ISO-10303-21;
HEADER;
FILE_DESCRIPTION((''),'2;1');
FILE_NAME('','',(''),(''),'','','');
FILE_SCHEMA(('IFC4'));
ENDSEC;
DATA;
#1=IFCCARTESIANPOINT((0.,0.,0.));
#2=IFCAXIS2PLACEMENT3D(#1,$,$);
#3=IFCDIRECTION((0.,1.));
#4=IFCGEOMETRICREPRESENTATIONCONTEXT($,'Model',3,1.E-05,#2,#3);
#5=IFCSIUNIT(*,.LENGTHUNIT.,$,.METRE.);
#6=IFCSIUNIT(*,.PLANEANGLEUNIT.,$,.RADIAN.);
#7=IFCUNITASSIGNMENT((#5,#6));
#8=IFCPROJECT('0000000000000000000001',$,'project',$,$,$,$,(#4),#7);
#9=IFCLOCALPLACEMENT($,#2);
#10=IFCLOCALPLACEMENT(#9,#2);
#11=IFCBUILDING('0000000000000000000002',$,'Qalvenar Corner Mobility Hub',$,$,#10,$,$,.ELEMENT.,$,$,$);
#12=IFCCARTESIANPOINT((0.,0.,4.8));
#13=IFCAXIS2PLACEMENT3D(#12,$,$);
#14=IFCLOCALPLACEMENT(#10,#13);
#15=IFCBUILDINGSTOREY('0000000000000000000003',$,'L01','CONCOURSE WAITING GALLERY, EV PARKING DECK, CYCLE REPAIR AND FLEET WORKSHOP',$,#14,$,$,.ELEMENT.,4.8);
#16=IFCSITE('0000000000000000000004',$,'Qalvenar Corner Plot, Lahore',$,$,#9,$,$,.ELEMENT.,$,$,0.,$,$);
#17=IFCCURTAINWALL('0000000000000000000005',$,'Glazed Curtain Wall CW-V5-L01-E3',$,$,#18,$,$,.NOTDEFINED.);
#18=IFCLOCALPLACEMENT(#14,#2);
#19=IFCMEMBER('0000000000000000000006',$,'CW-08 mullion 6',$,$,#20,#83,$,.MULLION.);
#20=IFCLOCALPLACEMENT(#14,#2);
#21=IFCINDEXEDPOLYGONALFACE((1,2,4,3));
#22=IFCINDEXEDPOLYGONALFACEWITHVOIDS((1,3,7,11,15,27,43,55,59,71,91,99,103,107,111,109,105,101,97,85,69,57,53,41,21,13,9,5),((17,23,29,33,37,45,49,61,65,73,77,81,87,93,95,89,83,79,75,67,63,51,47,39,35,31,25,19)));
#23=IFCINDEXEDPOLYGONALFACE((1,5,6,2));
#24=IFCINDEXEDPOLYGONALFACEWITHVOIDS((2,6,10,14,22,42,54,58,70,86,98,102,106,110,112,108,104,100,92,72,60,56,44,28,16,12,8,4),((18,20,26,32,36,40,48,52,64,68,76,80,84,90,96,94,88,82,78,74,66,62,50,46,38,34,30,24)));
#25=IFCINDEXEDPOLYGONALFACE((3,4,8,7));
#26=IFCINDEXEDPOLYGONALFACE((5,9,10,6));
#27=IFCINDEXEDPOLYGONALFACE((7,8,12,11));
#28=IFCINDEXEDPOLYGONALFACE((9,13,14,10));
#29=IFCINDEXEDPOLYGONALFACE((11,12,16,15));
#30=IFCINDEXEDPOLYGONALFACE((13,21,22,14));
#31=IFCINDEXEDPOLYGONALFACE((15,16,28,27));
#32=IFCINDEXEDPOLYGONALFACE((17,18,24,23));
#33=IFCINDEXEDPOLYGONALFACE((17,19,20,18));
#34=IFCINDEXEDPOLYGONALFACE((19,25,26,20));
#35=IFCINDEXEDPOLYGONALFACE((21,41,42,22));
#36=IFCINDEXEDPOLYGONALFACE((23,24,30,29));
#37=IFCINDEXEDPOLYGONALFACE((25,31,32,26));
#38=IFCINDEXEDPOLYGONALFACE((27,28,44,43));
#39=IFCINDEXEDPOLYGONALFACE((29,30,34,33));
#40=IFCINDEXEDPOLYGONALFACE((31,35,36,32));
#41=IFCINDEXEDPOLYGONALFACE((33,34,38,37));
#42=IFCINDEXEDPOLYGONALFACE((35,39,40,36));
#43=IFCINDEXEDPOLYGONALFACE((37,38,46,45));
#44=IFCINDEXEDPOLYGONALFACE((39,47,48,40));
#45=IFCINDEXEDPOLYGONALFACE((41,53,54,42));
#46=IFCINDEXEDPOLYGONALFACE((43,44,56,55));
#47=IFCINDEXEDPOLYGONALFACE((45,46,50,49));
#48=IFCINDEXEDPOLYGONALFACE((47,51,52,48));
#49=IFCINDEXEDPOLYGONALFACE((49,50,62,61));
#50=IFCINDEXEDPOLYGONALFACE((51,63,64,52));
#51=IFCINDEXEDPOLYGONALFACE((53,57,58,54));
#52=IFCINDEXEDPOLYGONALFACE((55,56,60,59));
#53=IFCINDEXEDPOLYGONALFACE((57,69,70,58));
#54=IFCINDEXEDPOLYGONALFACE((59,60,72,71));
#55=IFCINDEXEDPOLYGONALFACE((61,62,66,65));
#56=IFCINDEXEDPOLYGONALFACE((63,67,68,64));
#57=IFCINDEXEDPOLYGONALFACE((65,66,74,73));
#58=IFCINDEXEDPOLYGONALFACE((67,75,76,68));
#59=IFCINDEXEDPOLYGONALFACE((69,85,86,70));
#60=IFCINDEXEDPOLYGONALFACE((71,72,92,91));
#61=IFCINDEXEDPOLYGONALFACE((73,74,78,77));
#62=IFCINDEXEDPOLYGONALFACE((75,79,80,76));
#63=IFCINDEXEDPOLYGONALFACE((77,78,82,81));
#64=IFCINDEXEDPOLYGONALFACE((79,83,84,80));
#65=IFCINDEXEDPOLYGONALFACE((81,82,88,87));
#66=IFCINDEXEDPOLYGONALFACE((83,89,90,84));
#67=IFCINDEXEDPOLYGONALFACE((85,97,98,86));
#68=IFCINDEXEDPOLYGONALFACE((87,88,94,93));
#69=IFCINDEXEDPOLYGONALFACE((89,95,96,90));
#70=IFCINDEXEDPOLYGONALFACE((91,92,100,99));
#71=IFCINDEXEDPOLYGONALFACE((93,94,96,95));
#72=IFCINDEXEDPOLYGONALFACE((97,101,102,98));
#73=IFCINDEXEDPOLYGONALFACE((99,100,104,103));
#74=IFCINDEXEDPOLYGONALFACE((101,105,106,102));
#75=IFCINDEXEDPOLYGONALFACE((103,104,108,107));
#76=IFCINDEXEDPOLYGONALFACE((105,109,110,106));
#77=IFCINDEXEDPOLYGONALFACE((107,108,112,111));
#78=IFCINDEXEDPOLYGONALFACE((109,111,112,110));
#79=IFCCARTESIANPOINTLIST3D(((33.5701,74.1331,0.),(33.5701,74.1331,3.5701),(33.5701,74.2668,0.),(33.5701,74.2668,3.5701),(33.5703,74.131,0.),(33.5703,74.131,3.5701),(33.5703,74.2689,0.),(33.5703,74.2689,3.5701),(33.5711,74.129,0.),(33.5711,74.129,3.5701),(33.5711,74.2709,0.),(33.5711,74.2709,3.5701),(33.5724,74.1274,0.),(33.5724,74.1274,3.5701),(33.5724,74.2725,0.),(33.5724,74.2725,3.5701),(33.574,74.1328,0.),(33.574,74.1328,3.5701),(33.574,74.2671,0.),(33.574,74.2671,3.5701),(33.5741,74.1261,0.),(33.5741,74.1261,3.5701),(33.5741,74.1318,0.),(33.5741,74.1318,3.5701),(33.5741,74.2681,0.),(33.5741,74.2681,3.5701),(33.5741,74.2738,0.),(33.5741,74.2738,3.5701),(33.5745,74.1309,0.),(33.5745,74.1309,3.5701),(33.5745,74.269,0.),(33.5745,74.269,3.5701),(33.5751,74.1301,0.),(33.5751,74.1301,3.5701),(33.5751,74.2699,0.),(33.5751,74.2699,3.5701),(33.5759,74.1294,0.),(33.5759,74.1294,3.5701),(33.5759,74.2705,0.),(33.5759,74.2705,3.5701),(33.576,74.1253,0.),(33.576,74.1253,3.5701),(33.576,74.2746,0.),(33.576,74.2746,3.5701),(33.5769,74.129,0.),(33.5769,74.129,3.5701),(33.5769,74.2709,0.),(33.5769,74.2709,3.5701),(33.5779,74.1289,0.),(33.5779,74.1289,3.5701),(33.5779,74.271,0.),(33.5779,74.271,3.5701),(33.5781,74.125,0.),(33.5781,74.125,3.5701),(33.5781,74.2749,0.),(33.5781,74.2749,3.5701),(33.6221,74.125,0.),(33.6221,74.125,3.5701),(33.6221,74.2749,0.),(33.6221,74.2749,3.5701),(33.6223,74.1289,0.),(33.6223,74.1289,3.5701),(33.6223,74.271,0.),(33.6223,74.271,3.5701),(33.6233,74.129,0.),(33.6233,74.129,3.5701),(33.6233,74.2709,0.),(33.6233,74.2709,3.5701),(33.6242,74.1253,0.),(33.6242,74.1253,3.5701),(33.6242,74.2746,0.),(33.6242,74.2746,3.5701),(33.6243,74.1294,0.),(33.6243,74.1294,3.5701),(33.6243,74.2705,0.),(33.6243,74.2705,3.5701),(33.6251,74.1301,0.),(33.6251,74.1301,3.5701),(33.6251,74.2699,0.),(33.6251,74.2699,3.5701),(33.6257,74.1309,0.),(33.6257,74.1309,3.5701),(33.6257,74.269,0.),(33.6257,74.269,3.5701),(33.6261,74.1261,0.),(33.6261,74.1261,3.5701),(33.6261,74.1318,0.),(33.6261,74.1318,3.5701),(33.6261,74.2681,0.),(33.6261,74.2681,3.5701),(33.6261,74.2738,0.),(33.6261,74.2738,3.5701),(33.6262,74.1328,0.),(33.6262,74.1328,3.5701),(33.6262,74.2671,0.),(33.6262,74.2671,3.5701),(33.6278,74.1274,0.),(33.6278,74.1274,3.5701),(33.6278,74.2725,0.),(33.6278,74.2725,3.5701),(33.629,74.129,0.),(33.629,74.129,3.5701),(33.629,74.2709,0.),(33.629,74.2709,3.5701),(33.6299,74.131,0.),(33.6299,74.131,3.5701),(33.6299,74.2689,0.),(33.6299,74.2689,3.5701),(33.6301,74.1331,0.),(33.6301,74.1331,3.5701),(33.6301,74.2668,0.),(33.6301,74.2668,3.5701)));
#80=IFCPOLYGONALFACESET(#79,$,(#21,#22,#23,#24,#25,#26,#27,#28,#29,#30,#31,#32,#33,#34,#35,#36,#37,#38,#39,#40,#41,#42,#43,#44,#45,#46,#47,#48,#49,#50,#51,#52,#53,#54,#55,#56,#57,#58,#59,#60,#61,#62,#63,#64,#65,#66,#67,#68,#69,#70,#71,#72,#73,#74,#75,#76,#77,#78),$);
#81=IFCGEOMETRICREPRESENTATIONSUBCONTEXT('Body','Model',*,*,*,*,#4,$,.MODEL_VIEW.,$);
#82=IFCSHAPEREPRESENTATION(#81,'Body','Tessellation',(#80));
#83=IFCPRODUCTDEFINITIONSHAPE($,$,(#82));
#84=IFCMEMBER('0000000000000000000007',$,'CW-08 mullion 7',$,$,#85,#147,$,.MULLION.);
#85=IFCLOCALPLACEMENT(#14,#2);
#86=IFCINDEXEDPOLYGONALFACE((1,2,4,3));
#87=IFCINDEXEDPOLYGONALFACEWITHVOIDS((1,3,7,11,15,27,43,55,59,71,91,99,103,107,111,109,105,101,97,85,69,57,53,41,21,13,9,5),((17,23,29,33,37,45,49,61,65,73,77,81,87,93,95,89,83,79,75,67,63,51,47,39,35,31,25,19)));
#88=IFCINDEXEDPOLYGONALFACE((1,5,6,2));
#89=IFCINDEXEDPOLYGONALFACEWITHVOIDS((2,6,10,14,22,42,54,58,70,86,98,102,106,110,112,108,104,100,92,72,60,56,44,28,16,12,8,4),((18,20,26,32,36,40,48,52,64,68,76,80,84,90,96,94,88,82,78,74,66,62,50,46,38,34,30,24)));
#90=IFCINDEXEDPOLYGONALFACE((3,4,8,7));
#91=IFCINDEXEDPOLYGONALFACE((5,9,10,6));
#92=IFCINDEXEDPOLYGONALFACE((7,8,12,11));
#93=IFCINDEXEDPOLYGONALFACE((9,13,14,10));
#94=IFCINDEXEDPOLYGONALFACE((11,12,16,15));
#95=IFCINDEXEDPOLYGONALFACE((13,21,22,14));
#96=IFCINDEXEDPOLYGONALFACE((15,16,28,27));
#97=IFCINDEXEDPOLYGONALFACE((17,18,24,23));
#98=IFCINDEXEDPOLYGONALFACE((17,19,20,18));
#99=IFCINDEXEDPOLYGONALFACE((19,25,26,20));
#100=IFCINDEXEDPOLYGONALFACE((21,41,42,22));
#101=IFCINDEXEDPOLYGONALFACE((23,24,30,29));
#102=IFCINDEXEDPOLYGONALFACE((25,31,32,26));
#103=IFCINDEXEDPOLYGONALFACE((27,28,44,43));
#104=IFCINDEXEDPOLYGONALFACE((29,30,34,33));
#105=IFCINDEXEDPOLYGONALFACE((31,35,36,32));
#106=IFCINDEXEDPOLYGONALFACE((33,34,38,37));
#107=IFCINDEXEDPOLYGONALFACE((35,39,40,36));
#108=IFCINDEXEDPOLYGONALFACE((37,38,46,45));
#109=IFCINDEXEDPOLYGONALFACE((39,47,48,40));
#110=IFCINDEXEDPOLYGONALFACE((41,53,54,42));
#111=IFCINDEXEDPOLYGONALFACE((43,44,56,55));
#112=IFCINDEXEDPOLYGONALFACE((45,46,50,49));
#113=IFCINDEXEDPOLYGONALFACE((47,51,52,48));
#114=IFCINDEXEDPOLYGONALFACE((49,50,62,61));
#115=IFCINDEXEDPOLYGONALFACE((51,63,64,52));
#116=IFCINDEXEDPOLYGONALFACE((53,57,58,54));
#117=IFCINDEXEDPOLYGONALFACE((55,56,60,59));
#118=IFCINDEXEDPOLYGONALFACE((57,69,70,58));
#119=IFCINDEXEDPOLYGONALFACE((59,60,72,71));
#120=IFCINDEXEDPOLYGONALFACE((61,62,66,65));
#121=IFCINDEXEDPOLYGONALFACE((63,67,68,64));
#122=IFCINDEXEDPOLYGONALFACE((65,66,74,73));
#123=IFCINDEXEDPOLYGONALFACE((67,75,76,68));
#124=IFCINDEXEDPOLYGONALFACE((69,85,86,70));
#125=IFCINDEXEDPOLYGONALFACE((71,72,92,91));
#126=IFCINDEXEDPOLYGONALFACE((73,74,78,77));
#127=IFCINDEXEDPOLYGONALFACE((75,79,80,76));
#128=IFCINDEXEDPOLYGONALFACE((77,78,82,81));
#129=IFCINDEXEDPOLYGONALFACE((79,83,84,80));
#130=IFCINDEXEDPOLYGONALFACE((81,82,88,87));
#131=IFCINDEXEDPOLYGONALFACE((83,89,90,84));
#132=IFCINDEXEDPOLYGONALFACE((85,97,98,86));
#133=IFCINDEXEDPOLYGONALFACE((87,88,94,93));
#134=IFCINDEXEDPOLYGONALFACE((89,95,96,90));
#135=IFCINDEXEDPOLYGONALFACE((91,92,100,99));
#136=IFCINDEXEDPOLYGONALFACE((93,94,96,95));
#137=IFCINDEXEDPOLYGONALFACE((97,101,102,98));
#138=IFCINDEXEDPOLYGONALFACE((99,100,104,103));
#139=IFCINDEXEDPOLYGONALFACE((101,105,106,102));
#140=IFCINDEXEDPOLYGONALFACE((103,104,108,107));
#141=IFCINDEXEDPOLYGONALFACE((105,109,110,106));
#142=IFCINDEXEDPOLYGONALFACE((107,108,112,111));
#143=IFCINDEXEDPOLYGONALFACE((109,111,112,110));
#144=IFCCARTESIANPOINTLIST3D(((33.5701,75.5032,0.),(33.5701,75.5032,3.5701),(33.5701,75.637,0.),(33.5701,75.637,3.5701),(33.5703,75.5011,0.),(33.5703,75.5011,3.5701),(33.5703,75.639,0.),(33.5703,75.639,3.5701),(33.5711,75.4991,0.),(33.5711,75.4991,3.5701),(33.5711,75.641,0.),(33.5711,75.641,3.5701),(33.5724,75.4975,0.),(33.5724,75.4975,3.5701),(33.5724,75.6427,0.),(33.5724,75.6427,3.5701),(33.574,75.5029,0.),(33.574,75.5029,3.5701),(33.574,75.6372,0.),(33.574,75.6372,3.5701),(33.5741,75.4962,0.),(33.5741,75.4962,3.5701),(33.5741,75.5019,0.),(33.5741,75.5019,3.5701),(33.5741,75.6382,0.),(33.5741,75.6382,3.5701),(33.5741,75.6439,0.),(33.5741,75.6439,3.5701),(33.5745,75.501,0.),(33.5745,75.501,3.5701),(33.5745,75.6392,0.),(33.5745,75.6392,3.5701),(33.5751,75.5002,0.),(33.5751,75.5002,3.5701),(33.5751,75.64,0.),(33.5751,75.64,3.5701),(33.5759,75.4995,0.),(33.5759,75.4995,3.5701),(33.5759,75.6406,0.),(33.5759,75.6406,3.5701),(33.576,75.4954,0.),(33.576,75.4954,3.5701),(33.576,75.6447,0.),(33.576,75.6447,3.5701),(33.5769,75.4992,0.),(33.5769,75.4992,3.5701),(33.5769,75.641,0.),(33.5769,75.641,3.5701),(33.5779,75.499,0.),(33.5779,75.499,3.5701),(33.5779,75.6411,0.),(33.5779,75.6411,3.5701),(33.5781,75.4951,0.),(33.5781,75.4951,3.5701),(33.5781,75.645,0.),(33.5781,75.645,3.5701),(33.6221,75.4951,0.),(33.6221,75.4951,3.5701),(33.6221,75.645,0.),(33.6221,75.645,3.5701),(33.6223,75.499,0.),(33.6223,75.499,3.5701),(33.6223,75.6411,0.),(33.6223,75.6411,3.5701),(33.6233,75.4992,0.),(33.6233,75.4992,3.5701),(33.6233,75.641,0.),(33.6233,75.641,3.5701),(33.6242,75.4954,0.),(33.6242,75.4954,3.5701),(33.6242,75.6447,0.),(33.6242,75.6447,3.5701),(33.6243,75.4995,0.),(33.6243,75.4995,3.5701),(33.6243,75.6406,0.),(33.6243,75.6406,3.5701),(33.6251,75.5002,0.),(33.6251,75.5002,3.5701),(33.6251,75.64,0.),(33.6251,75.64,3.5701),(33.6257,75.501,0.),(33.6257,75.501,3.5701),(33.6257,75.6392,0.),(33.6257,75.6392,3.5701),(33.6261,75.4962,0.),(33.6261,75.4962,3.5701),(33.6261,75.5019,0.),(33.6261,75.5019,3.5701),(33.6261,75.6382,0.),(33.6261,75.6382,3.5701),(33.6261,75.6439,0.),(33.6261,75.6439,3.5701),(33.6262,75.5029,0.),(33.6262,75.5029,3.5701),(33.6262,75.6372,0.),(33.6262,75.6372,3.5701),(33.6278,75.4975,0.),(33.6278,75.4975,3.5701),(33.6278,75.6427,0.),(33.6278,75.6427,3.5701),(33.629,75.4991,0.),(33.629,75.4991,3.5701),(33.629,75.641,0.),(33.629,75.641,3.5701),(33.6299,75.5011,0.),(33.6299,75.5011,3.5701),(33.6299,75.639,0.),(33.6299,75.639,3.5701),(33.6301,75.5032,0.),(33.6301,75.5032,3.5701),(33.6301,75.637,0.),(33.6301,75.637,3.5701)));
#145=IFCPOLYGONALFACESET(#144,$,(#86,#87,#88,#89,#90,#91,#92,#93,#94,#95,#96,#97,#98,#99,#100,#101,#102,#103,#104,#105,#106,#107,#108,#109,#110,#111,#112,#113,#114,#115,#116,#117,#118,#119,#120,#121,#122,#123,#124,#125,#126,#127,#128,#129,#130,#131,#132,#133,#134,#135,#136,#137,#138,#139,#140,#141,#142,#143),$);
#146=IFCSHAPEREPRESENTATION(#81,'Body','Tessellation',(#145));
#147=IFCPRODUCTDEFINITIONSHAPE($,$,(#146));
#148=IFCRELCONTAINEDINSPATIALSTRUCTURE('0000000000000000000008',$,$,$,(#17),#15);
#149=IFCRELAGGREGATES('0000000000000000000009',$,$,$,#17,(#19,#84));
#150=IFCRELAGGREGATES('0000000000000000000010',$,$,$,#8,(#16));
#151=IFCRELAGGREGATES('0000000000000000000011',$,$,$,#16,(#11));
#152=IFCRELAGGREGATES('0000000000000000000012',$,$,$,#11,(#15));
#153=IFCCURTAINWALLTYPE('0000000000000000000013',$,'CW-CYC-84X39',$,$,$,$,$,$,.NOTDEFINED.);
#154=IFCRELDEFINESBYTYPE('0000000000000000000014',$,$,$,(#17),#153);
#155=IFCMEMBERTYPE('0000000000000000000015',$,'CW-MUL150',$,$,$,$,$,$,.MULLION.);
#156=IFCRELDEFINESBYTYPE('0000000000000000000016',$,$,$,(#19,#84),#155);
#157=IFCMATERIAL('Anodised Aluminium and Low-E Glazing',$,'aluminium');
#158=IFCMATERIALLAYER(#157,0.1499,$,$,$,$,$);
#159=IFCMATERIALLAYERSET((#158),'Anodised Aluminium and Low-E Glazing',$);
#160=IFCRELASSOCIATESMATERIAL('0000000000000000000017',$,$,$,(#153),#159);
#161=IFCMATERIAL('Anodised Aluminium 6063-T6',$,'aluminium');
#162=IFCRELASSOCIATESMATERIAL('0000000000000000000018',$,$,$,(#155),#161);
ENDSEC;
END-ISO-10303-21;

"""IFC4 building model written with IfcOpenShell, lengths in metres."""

from ifc_helpers import new_model, si_unit, direction, frame, origin, origin_2d, place, context, subcontext, project, spatial, hollow_rectangle, extrude, material, layer, layer_set, material_profile, profile_set, type_object, element, aggregate, save


model = new_model("IFC4")

# Units and contexts
model_context = context("Model", 3, precision=1e-05, world=origin(), true_north=direction((0.0, 1.0)))
body_context = subcontext(model_context, "Body", "Model", "MODEL_VIEW")
ifc_project = project(units=[si_unit("LENGTHUNIT", "METRE"), si_unit("PLANEANGLEUNIT", "RADIAN")], contexts=[model_context])

# Site, building, storey
site_placement = place(None, origin())
site = spatial("IfcSite", under=ifc_project, at=site_placement, Name="Qalvenar Corner Plot, Lahore", CompositionType="ELEMENT", RefElevation=0.0)
building_placement = place(site_placement, origin())
building = spatial("IfcBuilding", under=site, at=building_placement, Name="Qalvenar Corner Mobility Hub", CompositionType="ELEMENT")
storey_placement = place(building_placement, frame((0.0, 0.0, 4.8)))
storey = spatial("IfcBuildingStorey", under=building, at=storey_placement, Name="L01", Description="CONCOURSE WAITING GALLERY, EV PARKING DECK, CYCLE REPAIR AND FLEET WORKSHOP", CompositionType="ELEMENT", Elevation=4.8)

# Curtain wall, members
ifc_material_1 = material(Name="Anodised Aluminium and Low-E Glazing", Category="aluminium")
ifc_layer_1 = layer(ifc_material_1, 0.1499)
ifc_layer_set_1 = layer_set([ifc_layer_1], Name="Anodised Aluminium and Low-E Glazing")
curtain_wall_type = type_object("IfcCurtainWallType", Name="CW-CYC-84X39", PredefinedType="NOTDEFINED", material=ifc_layer_set_1)
curtain_wall_placement = place(storey_placement, origin())
curtain_wall = element("IfcCurtainWall", 1, at=curtain_wall_placement, inside=storey, type_object=curtain_wall_type, Name="Glazed Curtain Wall CW-V5-L01-E3", PredefinedType="NOTDEFINED")
ifc_material_2 = material(Name="Anodised Aluminium 6063-T6", Category="aluminium")
ifc_material_profile_1 = material_profile(ifc_material_2, hollow_rectangle(XDim=0.0601, YDim=0.1499, WallThickness=0.0039, InnerFilletRadius=0.0039, OuterFilletRadius=0.0081, at=origin_2d()), Name="RHS150x60x4")
ifc_profile_set_1 = profile_set([ifc_material_profile_1], Name="Anodised Aluminium 6063-T6")
member_type_1 = type_object("IfcMemberType", Name="CW-MUL150", PredefinedType="MULLION", material=ifc_profile_set_1)
member_1_placement = place(storey_placement, frame((33.6001, 74.2, 0.0), z_axis=(0.0, 0.0, 1.0), x_axis=(-1.0, 0.0, 0.0)))
member_1 = element("IfcMember", 2, at=member_1_placement, type_object=member_type_1, Name="CW-08 mullion 6", PredefinedType="MULLION", context=body_context, shape_type="SweptSolid", body=[
    extrude(hollow_rectangle(XDim=0.0601, YDim=0.1499, WallThickness=0.0039, InnerFilletRadius=0.0039, OuterFilletRadius=0.0081, at=origin_2d()), origin(), (0.0, 0.0, 1.0), 3.5701),
])
member_2_placement = place(storey_placement, frame((33.6001, 75.5701, 0.0), z_axis=(0.0, 0.0, 1.0), x_axis=(-1.0, 0.0, 0.0)))
member_2 = element("IfcMember", 3, at=member_2_placement, type_object=member_type_1, Name="CW-08 mullion 7", PredefinedType="MULLION", context=body_context, shape_type="SweptSolid", body=[
    extrude(hollow_rectangle(XDim=0.0601, YDim=0.1499, WallThickness=0.0039, InnerFilletRadius=0.0039, OuterFilletRadius=0.0081, at=origin_2d()), origin(), (0.0, 0.0, 1.0), 3.5701),
])
aggregate(curtain_wall, [member_1, member_2])

save(model, "model.ifc")
